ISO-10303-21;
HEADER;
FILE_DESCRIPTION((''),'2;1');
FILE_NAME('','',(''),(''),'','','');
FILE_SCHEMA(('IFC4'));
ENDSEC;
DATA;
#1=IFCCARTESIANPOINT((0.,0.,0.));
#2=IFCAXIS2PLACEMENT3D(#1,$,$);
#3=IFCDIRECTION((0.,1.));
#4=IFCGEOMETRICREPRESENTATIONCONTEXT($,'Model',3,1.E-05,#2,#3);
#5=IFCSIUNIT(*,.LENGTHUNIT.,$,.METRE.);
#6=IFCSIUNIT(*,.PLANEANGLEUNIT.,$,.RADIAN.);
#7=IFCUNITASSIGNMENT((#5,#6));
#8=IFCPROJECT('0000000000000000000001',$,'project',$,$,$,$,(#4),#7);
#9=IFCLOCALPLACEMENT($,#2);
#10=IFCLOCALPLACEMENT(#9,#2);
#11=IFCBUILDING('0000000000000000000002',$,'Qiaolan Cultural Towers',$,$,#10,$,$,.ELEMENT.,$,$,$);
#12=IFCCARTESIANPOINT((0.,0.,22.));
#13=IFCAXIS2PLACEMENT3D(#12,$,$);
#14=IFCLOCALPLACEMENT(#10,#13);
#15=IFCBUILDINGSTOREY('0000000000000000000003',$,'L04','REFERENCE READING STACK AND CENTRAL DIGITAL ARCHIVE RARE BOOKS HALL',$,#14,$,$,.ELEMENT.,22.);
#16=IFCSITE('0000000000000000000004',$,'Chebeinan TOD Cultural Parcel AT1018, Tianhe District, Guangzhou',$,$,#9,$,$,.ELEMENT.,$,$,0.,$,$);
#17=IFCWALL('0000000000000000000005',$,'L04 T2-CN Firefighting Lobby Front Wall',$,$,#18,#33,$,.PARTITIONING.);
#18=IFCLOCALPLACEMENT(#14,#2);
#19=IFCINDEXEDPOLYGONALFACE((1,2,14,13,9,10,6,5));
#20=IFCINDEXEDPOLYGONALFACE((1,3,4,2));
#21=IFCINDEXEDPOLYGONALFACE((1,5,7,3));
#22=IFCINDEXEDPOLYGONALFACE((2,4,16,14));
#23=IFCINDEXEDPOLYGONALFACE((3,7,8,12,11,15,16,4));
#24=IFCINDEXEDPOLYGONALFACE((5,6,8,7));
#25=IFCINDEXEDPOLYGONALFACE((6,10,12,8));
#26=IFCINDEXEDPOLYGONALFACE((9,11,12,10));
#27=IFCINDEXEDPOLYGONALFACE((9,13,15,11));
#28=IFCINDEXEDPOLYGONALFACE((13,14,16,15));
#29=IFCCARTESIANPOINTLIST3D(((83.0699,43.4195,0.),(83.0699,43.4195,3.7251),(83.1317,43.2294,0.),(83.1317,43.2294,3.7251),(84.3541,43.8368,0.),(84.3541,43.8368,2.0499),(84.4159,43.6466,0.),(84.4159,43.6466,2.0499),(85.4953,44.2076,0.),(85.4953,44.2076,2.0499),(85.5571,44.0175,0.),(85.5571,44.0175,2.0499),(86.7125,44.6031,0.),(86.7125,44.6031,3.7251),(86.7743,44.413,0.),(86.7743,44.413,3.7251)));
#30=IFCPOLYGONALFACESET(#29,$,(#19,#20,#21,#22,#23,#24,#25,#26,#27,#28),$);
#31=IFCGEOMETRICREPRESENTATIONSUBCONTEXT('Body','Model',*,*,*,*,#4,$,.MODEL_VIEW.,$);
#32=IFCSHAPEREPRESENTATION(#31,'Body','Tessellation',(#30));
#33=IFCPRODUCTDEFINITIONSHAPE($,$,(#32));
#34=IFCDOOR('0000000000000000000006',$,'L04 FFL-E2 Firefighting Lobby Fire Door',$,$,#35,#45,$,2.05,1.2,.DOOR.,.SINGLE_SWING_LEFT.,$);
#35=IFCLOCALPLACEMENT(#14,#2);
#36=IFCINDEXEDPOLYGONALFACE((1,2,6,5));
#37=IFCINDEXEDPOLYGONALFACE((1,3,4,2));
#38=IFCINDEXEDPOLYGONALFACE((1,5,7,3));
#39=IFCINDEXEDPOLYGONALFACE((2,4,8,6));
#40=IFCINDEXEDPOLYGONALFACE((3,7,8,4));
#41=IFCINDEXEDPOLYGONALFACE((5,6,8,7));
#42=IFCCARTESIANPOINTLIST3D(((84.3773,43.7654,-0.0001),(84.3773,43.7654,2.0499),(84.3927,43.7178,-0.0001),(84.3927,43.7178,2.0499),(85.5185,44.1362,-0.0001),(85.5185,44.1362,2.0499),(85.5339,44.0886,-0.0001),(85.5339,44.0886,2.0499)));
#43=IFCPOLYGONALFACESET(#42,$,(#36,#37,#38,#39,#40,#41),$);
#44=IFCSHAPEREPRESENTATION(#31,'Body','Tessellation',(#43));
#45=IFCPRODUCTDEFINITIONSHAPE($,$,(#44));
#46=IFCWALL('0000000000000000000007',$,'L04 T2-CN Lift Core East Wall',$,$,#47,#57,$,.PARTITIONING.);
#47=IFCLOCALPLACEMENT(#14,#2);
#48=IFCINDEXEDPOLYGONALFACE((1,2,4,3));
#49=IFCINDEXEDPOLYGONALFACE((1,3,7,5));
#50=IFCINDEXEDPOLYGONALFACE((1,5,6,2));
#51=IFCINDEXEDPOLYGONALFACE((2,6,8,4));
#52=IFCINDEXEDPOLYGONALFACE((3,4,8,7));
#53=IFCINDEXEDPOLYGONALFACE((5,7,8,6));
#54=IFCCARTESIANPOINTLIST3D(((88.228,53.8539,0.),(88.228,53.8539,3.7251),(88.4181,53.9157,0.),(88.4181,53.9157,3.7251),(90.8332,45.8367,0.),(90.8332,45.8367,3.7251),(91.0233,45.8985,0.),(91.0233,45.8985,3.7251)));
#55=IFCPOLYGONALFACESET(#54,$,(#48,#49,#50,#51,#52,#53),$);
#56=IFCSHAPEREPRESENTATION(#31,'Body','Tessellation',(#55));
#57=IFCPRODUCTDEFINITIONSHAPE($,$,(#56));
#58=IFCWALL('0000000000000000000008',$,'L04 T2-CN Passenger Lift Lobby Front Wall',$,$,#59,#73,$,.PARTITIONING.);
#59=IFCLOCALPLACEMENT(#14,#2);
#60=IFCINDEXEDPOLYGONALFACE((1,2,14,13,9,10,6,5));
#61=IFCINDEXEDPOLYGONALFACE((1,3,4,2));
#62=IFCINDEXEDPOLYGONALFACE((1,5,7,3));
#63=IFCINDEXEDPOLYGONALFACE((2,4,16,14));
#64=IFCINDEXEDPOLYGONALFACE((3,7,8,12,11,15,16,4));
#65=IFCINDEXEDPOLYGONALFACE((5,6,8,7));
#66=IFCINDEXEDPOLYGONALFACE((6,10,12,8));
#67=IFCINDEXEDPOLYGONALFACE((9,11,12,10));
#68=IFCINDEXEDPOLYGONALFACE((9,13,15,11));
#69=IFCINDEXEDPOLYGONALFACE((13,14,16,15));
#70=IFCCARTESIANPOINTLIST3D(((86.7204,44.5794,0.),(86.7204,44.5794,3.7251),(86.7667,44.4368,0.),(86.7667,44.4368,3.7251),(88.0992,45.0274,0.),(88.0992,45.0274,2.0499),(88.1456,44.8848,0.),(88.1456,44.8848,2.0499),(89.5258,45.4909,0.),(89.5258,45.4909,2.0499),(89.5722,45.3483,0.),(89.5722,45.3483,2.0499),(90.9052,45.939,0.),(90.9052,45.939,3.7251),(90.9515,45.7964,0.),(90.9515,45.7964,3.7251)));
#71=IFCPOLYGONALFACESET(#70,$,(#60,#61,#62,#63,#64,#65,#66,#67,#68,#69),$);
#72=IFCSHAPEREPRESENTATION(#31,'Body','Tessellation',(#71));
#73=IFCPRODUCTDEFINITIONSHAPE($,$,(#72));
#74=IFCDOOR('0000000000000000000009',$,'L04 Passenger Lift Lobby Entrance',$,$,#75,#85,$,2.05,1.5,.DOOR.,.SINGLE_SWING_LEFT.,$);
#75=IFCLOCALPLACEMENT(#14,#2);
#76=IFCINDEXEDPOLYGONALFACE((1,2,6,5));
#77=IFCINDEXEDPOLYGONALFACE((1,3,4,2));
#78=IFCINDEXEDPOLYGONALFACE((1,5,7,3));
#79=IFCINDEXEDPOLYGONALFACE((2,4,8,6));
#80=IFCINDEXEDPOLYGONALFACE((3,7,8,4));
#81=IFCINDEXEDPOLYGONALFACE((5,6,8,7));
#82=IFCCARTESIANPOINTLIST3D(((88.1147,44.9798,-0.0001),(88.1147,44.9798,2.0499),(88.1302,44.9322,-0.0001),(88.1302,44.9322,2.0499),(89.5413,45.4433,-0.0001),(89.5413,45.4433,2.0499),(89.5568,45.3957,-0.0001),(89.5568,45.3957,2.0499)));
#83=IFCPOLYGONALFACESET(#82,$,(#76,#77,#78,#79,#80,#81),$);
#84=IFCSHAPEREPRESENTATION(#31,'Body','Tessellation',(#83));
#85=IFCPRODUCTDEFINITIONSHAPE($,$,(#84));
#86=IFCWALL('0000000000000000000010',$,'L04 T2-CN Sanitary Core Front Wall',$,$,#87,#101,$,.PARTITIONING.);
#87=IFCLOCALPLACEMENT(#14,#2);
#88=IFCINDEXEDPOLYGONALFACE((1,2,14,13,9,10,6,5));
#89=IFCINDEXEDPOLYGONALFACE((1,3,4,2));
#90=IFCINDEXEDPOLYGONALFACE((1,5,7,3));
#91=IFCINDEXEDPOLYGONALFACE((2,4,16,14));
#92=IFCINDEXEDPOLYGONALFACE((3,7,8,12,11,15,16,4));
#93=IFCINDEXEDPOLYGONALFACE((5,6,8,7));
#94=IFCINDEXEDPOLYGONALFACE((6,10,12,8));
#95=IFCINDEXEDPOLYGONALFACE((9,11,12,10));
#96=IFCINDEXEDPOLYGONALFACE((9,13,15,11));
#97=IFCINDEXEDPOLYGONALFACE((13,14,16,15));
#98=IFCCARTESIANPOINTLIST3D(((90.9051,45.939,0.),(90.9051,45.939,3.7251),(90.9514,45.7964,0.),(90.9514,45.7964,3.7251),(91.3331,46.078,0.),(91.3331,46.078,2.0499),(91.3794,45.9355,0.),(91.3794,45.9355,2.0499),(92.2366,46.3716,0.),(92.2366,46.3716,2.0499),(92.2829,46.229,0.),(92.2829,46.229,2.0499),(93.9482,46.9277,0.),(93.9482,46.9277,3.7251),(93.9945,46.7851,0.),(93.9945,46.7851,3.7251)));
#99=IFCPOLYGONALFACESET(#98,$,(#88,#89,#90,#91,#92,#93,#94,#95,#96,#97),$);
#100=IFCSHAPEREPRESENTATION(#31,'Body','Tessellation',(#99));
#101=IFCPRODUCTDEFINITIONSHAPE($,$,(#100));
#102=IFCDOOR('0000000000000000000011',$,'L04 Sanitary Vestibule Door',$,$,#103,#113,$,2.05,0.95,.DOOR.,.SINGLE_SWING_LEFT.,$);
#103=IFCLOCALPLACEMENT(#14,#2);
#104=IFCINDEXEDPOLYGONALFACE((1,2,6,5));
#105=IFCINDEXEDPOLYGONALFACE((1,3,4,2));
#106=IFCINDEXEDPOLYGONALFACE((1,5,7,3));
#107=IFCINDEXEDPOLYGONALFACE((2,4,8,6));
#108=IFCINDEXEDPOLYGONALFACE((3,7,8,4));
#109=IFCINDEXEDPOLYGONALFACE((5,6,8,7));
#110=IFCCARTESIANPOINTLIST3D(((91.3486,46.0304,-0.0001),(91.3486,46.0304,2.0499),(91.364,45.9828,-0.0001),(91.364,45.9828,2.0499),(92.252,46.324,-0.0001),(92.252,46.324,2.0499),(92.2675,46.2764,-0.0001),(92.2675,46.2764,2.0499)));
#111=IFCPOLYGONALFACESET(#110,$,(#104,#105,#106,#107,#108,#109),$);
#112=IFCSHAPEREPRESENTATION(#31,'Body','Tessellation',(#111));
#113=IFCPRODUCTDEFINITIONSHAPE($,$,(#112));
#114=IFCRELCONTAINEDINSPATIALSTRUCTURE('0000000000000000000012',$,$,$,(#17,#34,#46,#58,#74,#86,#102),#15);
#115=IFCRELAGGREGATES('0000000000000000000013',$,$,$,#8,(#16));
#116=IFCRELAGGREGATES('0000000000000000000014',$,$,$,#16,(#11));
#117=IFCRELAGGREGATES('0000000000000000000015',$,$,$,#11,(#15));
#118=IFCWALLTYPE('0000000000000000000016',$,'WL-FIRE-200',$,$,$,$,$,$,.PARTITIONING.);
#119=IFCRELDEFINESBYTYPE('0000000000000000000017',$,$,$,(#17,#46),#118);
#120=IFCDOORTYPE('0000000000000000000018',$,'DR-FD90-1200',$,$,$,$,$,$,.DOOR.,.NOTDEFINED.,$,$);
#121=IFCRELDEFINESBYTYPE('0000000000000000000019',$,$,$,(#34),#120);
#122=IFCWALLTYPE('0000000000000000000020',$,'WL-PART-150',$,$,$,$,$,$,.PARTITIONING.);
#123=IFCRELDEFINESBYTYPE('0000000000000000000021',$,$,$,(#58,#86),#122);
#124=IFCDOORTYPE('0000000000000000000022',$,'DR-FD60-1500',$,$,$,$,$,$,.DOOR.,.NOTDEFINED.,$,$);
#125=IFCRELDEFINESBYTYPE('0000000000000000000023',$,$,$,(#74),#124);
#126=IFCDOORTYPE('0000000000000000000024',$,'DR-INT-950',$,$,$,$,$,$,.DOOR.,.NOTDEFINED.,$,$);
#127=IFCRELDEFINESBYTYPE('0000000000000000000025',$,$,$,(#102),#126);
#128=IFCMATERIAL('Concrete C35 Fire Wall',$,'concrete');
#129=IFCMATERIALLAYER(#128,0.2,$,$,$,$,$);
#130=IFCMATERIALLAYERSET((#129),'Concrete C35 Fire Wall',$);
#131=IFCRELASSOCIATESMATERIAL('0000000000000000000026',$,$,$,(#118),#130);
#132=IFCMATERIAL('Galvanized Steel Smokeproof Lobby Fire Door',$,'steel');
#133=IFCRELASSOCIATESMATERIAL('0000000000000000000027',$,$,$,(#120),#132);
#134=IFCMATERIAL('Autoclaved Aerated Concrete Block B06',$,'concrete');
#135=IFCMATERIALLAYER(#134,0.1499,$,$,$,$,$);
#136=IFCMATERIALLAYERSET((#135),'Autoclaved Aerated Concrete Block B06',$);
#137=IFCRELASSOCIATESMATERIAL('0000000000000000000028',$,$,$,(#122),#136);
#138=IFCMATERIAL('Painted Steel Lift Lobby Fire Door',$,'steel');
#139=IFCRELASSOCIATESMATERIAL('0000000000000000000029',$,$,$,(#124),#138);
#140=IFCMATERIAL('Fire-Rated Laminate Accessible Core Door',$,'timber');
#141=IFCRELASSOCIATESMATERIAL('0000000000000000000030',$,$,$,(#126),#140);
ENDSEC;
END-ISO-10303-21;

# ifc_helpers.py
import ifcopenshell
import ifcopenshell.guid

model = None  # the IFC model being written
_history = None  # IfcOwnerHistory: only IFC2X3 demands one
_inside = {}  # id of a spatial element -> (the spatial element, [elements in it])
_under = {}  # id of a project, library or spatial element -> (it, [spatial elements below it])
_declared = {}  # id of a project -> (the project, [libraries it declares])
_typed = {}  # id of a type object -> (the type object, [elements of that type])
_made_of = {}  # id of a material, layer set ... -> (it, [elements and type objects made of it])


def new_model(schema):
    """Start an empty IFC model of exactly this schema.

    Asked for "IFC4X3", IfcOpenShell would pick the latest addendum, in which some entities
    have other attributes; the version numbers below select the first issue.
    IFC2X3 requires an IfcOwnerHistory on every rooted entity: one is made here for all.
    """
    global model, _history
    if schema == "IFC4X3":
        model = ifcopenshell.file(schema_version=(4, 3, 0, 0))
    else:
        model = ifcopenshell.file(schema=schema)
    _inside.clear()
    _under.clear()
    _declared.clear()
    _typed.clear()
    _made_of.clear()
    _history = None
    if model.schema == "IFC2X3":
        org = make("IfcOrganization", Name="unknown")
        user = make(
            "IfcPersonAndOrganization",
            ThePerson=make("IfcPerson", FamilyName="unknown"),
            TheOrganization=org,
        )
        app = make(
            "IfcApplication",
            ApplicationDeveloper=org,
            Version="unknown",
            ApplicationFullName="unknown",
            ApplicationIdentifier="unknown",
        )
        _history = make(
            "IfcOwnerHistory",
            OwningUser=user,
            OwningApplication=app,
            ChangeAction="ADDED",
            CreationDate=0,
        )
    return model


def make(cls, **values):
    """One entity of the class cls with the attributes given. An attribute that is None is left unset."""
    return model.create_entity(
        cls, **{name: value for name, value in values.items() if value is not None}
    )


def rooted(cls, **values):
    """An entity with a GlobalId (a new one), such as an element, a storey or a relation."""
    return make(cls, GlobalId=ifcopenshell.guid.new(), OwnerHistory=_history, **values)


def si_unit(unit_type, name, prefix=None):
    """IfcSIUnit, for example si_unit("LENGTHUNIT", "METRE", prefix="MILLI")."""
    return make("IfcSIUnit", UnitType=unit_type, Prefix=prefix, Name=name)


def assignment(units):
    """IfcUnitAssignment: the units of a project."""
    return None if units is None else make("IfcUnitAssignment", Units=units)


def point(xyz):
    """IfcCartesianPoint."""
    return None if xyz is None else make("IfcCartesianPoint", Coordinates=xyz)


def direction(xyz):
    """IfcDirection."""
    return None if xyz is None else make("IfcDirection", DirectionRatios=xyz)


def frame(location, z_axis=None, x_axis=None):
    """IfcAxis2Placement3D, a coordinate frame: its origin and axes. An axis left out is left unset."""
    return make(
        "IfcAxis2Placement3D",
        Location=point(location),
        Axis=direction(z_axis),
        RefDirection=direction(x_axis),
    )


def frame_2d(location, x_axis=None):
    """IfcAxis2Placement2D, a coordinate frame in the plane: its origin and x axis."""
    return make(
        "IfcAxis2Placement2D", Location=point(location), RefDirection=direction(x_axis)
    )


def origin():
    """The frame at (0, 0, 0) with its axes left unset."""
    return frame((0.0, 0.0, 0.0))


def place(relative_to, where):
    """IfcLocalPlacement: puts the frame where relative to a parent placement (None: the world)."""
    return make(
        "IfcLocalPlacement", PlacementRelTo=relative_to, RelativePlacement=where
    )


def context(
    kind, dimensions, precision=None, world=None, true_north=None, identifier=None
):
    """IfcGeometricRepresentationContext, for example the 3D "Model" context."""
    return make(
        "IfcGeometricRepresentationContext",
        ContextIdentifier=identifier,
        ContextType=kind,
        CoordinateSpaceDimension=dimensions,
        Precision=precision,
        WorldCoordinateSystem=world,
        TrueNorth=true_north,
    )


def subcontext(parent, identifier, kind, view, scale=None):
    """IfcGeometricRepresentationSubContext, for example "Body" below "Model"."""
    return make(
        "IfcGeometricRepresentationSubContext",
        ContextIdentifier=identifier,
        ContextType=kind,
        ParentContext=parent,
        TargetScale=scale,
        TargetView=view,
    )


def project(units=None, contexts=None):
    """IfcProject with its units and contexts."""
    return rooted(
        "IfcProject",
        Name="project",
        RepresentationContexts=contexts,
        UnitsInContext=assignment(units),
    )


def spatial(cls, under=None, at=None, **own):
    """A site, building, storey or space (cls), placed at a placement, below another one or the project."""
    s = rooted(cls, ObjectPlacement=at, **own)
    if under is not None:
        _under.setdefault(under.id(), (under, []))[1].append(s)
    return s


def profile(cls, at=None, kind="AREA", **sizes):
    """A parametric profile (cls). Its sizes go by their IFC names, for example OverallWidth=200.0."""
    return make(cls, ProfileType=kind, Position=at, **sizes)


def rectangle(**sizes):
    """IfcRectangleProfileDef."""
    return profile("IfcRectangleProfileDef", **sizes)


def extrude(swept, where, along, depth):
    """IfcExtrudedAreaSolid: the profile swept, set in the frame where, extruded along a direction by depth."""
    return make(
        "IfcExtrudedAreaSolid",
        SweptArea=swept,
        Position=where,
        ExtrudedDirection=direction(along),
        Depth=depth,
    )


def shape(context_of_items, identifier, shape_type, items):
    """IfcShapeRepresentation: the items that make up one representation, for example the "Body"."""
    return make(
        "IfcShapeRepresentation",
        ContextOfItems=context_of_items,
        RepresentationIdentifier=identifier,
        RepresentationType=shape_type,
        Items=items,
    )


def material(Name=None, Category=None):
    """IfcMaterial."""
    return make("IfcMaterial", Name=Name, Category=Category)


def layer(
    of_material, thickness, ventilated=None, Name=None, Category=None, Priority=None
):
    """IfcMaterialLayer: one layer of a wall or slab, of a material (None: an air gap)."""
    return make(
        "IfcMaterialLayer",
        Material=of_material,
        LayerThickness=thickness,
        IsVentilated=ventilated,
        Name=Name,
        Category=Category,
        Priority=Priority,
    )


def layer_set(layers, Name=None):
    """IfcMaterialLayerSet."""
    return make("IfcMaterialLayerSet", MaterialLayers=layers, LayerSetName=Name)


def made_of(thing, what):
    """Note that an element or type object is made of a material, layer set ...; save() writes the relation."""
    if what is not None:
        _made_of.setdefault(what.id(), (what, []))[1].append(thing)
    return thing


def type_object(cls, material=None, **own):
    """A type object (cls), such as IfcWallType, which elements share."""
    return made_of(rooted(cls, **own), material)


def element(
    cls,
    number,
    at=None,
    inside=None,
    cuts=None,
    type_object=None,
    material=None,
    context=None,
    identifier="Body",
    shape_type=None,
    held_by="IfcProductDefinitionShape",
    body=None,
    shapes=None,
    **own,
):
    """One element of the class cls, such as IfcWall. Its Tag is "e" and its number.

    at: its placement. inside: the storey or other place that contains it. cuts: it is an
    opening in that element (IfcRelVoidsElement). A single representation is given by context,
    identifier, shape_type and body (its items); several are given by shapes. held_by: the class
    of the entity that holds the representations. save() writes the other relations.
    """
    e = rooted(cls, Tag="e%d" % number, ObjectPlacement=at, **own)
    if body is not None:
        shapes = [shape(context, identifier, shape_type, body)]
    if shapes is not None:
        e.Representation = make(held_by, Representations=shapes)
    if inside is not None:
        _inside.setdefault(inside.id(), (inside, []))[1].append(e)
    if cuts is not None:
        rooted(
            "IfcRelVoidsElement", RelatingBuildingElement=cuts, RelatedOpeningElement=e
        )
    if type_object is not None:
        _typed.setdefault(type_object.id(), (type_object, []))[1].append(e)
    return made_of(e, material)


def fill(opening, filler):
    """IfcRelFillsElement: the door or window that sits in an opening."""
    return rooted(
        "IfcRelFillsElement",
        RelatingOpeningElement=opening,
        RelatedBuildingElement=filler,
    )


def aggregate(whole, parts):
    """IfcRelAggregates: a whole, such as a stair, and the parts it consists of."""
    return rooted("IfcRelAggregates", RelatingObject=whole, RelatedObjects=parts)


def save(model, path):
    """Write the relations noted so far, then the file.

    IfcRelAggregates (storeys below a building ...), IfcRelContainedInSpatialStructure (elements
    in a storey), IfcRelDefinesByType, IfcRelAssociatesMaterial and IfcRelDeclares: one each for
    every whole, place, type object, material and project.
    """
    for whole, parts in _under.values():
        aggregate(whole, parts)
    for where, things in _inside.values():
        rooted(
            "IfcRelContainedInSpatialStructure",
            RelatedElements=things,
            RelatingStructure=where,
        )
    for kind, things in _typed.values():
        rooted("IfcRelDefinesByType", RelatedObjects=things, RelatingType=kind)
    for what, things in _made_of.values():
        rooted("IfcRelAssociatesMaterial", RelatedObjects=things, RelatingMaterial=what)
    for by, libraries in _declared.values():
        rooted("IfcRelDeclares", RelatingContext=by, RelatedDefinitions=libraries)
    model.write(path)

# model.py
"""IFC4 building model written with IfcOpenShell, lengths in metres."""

from ifc_helpers import new_model, si_unit, direction, frame, frame_2d, origin, place, context, subcontext, project, spatial, rectangle, extrude, material, layer, layer_set, type_object, element, fill, save


model = new_model("IFC4")

# Units and contexts
model_context = context("Model", 3, precision=1e-05, world=origin(), true_north=direction((0.0, 1.0)))
body_context = subcontext(model_context, "Body", "Model", "MODEL_VIEW")
ifc_project = project(units=[si_unit("LENGTHUNIT", "METRE"), si_unit("PLANEANGLEUNIT", "RADIAN")], contexts=[model_context])

# Site, building, storey
site_placement = place(None, origin())
site = spatial("IfcSite", under=ifc_project, at=site_placement, Name="Chebeinan TOD Cultural Parcel AT1018, Tianhe District, Guangzhou", CompositionType="ELEMENT", RefElevation=0.0)
building_placement = place(site_placement, origin())
building = spatial("IfcBuilding", under=site, at=building_placement, Name="Qiaolan Cultural Towers", CompositionType="ELEMENT")
storey_placement = place(building_placement, frame((0.0, 0.0, 22.0)))
storey = spatial("IfcBuildingStorey", under=building, at=storey_placement, Name="L04", Description="REFERENCE READING STACK AND CENTRAL DIGITAL ARCHIVE RARE BOOKS HALL", CompositionType="ELEMENT", Elevation=22.0)

# Shared definitions
ifc_material_1 = material(Name="Concrete C35 Fire Wall", Category="concrete")
ifc_layer_1 = layer(ifc_material_1, 0.2)
ifc_layer_set_1 = layer_set([ifc_layer_1], Name="Concrete C35 Fire Wall")
wall_type_1 = type_object("IfcWallType", Name="WL-FIRE-200", PredefinedType="PARTITIONING", material=ifc_layer_set_1)

# Wall, opening, door
wall_1_placement = place(storey_placement, frame((83.1008, 43.3245, 0.0), z_axis=(0.0, 0.0, 1.0), x_axis=(0.951053, 0.309028, 0.0)))
wall_1 = element("IfcWall", 1, at=wall_1_placement, inside=storey, type_object=wall_type_1, Name="L04 T2-CN Firefighting Lobby Front Wall", PredefinedType="PARTITIONING", context=body_context, shape_type="SweptSolid", body=[
    extrude(rectangle(XDim=3.8301, YDim=0.2, at=frame_2d((1.915, 0.0))), origin(), (0.0, 0.0, 1.0), 3.7251),
])
opening_1_placement = place(wall_1_placement, frame((1.3501, 0.0, 0.0)))
opening_1 = element("IfcOpeningElement", 2, at=opening_1_placement, cuts=wall_1, PredefinedType="OPENING", context=body_context, shape_type="SweptSolid", body=[
    extrude(rectangle(XDim=1.2, YDim=2.05, at=frame_2d((0.6001, 1.0249))), frame((0.0, 0.1099, 0.0), z_axis=(0.0, -1.0, 0.0), x_axis=(1.0, 0.0, 0.0)), (0.0, 0.0, 1.0), 0.22),
])
ifc_material_2 = material(Name="Galvanized Steel Smokeproof Lobby Fire Door", Category="steel")
door_type_1 = type_object("IfcDoorType", Name="DR-FD90-1200", OperationType="NOTDEFINED", PredefinedType="DOOR", material=ifc_material_2)
door_1_placement = place(opening_1_placement, origin())
door_1 = element("IfcDoor", 3, at=door_1_placement, inside=storey, type_object=door_type_1, Name="L04 FFL-E2 Firefighting Lobby Fire Door", OperationType="SINGLE_SWING_LEFT", OverallHeight=2.05, OverallWidth=1.2, PredefinedType="DOOR", context=body_context, shape_type="SweptSolid", body=[
    extrude(rectangle(XDim=1.2, YDim=2.05, at=frame_2d((0.6001, 1.0249))), frame((0.0, 0.0249, 0.0), z_axis=(0.0, -1.0, 0.0), x_axis=(1.0, 0.0, 0.0)), (0.0, 0.0, 1.0), 0.05),
])
fill(opening_1, door_1)

# Wall
wall_2_placement = place(storey_placement, frame((90.9282, 45.8677, 0.0), z_axis=(0.0, 0.0, 1.0), x_axis=(-0.309042, 0.951048, 0.0)))
element("IfcWall", 4, at=wall_2_placement, inside=storey, type_object=wall_type_1, Name="L04 T2-CN Lift Core East Wall", PredefinedType="PARTITIONING", context=body_context, shape_type="SweptSolid", body=[
    extrude(rectangle(XDim=8.4299, YDim=0.2, at=frame_2d((4.2148, 0.0))), origin(), (0.0, 0.0, 1.0), 3.7251),
])

# Walls, openings, doors
ifc_material_3 = material(Name="Autoclaved Aerated Concrete Block B06", Category="concrete")
ifc_layer_2 = layer(ifc_material_3, 0.1499)
ifc_layer_set_2 = layer_set([ifc_layer_2], Name="Autoclaved Aerated Concrete Block B06")
wall_type_2 = type_object("IfcWallType", Name="WL-PART-150", PredefinedType="PARTITIONING", material=ifc_layer_set_2)
wall_3_placement = place(storey_placement, frame((86.7434, 44.5081, 0.0), z_axis=(0.0, 0.0, 1.0), x_axis=(0.951064, 0.308994, 0.0)))
wall_3 = element("IfcWall", 5, at=wall_3_placement, inside=storey, type_object=wall_type_2, Name="L04 T2-CN Passenger Lift Lobby Front Wall", PredefinedType="PARTITIONING", context=body_context, shape_type="SweptSolid", body=[
    extrude(rectangle(XDim=4.4001, YDim=0.1499, at=frame_2d((2.2002, 0.0))), origin(), (0.0, 0.0, 1.0), 3.7251),
])
opening_2_placement = place(wall_3_placement, frame((1.45, 0.0, 0.0)))
opening_2 = element("IfcOpeningElement", 6, at=opening_2_placement, cuts=wall_3, PredefinedType="OPENING", context=body_context, shape_type="SweptSolid", body=[
    extrude(rectangle(XDim=1.5, YDim=2.05, at=frame_2d((0.75, 1.0249))), frame((0.0, 0.085, 0.0), z_axis=(0.0, -1.0, 0.0), x_axis=(1.0, 0.0, 0.0)), (0.0, 0.0, 1.0), 0.1699),
])
ifc_material_4 = material(Name="Painted Steel Lift Lobby Fire Door", Category="steel")
door_type_2 = type_object("IfcDoorType", Name="DR-FD60-1500", OperationType="NOTDEFINED", PredefinedType="DOOR", material=ifc_material_4)
door_2_placement = place(opening_2_placement, origin())
door_2 = element("IfcDoor", 7, at=door_2_placement, inside=storey, type_object=door_type_2, Name="L04 Passenger Lift Lobby Entrance", OperationType="SINGLE_SWING_LEFT", OverallHeight=2.05, OverallWidth=1.5, PredefinedType="DOOR", context=body_context, shape_type="SweptSolid", body=[
    extrude(rectangle(XDim=1.5, YDim=2.05, at=frame_2d((0.75, 1.0249))), frame((0.0, 0.0249, 0.0), z_axis=(0.0, -1.0, 0.0), x_axis=(1.0, 0.0, 0.0)), (0.0, 0.0, 1.0), 0.05),
])
fill(opening_2, door_2)
wall_4_placement = place(storey_placement, frame((90.9282, 45.8677, 0.0), z_axis=(0.0, 0.0, 1.0), x_axis=(0.951059, 0.309008, 0.0)))
wall_4 = element("IfcWall", 8, at=wall_4_placement, inside=storey, type_object=wall_type_2, Name="L04 T2-CN Sanitary Core Front Wall", PredefinedType="PARTITIONING", context=body_context, shape_type="SweptSolid", body=[
    extrude(rectangle(XDim=3.1997, YDim=0.1499, at=frame_2d((1.5999, 0.0))), origin(), (0.0, 0.0, 1.0), 3.7251),
])
opening_3_placement = place(wall_4_placement, frame((0.45, 0.0, 0.0)))
opening_3 = element("IfcOpeningElement", 9, at=opening_3_placement, cuts=wall_4, PredefinedType="OPENING", context=body_context, shape_type="SweptSolid", body=[
    extrude(rectangle(XDim=0.95, YDim=2.05, at=frame_2d((0.4751, 1.0249))), frame((0.0, 0.085, 0.0), z_axis=(0.0, -1.0, 0.0), x_axis=(1.0, 0.0, 0.0)), (0.0, 0.0, 1.0), 0.1699),
])
ifc_material_5 = material(Name="Fire-Rated Laminate Accessible Core Door", Category="timber")
door_type_3 = type_object("IfcDoorType", Name="DR-INT-950", OperationType="NOTDEFINED", PredefinedType="DOOR", material=ifc_material_5)
door_3_placement = place(opening_3_placement, origin())
door_3 = element("IfcDoor", 10, at=door_3_placement, inside=storey, type_object=door_type_3, Name="L04 Sanitary Vestibule Door", OperationType="SINGLE_SWING_LEFT", OverallHeight=2.05, OverallWidth=0.95, PredefinedType="DOOR", context=body_context, shape_type="SweptSolid", body=[
    extrude(rectangle(XDim=0.95, YDim=2.05, at=frame_2d((0.4751, 1.0249))), frame((0.0, 0.0249, 0.0), z_axis=(0.0, -1.0, 0.0), x_axis=(1.0, 0.0, 0.0)), (0.0, 0.0, 1.0), 0.05),
])
fill(opening_3, door_3)

save(model, "model.ifc")
